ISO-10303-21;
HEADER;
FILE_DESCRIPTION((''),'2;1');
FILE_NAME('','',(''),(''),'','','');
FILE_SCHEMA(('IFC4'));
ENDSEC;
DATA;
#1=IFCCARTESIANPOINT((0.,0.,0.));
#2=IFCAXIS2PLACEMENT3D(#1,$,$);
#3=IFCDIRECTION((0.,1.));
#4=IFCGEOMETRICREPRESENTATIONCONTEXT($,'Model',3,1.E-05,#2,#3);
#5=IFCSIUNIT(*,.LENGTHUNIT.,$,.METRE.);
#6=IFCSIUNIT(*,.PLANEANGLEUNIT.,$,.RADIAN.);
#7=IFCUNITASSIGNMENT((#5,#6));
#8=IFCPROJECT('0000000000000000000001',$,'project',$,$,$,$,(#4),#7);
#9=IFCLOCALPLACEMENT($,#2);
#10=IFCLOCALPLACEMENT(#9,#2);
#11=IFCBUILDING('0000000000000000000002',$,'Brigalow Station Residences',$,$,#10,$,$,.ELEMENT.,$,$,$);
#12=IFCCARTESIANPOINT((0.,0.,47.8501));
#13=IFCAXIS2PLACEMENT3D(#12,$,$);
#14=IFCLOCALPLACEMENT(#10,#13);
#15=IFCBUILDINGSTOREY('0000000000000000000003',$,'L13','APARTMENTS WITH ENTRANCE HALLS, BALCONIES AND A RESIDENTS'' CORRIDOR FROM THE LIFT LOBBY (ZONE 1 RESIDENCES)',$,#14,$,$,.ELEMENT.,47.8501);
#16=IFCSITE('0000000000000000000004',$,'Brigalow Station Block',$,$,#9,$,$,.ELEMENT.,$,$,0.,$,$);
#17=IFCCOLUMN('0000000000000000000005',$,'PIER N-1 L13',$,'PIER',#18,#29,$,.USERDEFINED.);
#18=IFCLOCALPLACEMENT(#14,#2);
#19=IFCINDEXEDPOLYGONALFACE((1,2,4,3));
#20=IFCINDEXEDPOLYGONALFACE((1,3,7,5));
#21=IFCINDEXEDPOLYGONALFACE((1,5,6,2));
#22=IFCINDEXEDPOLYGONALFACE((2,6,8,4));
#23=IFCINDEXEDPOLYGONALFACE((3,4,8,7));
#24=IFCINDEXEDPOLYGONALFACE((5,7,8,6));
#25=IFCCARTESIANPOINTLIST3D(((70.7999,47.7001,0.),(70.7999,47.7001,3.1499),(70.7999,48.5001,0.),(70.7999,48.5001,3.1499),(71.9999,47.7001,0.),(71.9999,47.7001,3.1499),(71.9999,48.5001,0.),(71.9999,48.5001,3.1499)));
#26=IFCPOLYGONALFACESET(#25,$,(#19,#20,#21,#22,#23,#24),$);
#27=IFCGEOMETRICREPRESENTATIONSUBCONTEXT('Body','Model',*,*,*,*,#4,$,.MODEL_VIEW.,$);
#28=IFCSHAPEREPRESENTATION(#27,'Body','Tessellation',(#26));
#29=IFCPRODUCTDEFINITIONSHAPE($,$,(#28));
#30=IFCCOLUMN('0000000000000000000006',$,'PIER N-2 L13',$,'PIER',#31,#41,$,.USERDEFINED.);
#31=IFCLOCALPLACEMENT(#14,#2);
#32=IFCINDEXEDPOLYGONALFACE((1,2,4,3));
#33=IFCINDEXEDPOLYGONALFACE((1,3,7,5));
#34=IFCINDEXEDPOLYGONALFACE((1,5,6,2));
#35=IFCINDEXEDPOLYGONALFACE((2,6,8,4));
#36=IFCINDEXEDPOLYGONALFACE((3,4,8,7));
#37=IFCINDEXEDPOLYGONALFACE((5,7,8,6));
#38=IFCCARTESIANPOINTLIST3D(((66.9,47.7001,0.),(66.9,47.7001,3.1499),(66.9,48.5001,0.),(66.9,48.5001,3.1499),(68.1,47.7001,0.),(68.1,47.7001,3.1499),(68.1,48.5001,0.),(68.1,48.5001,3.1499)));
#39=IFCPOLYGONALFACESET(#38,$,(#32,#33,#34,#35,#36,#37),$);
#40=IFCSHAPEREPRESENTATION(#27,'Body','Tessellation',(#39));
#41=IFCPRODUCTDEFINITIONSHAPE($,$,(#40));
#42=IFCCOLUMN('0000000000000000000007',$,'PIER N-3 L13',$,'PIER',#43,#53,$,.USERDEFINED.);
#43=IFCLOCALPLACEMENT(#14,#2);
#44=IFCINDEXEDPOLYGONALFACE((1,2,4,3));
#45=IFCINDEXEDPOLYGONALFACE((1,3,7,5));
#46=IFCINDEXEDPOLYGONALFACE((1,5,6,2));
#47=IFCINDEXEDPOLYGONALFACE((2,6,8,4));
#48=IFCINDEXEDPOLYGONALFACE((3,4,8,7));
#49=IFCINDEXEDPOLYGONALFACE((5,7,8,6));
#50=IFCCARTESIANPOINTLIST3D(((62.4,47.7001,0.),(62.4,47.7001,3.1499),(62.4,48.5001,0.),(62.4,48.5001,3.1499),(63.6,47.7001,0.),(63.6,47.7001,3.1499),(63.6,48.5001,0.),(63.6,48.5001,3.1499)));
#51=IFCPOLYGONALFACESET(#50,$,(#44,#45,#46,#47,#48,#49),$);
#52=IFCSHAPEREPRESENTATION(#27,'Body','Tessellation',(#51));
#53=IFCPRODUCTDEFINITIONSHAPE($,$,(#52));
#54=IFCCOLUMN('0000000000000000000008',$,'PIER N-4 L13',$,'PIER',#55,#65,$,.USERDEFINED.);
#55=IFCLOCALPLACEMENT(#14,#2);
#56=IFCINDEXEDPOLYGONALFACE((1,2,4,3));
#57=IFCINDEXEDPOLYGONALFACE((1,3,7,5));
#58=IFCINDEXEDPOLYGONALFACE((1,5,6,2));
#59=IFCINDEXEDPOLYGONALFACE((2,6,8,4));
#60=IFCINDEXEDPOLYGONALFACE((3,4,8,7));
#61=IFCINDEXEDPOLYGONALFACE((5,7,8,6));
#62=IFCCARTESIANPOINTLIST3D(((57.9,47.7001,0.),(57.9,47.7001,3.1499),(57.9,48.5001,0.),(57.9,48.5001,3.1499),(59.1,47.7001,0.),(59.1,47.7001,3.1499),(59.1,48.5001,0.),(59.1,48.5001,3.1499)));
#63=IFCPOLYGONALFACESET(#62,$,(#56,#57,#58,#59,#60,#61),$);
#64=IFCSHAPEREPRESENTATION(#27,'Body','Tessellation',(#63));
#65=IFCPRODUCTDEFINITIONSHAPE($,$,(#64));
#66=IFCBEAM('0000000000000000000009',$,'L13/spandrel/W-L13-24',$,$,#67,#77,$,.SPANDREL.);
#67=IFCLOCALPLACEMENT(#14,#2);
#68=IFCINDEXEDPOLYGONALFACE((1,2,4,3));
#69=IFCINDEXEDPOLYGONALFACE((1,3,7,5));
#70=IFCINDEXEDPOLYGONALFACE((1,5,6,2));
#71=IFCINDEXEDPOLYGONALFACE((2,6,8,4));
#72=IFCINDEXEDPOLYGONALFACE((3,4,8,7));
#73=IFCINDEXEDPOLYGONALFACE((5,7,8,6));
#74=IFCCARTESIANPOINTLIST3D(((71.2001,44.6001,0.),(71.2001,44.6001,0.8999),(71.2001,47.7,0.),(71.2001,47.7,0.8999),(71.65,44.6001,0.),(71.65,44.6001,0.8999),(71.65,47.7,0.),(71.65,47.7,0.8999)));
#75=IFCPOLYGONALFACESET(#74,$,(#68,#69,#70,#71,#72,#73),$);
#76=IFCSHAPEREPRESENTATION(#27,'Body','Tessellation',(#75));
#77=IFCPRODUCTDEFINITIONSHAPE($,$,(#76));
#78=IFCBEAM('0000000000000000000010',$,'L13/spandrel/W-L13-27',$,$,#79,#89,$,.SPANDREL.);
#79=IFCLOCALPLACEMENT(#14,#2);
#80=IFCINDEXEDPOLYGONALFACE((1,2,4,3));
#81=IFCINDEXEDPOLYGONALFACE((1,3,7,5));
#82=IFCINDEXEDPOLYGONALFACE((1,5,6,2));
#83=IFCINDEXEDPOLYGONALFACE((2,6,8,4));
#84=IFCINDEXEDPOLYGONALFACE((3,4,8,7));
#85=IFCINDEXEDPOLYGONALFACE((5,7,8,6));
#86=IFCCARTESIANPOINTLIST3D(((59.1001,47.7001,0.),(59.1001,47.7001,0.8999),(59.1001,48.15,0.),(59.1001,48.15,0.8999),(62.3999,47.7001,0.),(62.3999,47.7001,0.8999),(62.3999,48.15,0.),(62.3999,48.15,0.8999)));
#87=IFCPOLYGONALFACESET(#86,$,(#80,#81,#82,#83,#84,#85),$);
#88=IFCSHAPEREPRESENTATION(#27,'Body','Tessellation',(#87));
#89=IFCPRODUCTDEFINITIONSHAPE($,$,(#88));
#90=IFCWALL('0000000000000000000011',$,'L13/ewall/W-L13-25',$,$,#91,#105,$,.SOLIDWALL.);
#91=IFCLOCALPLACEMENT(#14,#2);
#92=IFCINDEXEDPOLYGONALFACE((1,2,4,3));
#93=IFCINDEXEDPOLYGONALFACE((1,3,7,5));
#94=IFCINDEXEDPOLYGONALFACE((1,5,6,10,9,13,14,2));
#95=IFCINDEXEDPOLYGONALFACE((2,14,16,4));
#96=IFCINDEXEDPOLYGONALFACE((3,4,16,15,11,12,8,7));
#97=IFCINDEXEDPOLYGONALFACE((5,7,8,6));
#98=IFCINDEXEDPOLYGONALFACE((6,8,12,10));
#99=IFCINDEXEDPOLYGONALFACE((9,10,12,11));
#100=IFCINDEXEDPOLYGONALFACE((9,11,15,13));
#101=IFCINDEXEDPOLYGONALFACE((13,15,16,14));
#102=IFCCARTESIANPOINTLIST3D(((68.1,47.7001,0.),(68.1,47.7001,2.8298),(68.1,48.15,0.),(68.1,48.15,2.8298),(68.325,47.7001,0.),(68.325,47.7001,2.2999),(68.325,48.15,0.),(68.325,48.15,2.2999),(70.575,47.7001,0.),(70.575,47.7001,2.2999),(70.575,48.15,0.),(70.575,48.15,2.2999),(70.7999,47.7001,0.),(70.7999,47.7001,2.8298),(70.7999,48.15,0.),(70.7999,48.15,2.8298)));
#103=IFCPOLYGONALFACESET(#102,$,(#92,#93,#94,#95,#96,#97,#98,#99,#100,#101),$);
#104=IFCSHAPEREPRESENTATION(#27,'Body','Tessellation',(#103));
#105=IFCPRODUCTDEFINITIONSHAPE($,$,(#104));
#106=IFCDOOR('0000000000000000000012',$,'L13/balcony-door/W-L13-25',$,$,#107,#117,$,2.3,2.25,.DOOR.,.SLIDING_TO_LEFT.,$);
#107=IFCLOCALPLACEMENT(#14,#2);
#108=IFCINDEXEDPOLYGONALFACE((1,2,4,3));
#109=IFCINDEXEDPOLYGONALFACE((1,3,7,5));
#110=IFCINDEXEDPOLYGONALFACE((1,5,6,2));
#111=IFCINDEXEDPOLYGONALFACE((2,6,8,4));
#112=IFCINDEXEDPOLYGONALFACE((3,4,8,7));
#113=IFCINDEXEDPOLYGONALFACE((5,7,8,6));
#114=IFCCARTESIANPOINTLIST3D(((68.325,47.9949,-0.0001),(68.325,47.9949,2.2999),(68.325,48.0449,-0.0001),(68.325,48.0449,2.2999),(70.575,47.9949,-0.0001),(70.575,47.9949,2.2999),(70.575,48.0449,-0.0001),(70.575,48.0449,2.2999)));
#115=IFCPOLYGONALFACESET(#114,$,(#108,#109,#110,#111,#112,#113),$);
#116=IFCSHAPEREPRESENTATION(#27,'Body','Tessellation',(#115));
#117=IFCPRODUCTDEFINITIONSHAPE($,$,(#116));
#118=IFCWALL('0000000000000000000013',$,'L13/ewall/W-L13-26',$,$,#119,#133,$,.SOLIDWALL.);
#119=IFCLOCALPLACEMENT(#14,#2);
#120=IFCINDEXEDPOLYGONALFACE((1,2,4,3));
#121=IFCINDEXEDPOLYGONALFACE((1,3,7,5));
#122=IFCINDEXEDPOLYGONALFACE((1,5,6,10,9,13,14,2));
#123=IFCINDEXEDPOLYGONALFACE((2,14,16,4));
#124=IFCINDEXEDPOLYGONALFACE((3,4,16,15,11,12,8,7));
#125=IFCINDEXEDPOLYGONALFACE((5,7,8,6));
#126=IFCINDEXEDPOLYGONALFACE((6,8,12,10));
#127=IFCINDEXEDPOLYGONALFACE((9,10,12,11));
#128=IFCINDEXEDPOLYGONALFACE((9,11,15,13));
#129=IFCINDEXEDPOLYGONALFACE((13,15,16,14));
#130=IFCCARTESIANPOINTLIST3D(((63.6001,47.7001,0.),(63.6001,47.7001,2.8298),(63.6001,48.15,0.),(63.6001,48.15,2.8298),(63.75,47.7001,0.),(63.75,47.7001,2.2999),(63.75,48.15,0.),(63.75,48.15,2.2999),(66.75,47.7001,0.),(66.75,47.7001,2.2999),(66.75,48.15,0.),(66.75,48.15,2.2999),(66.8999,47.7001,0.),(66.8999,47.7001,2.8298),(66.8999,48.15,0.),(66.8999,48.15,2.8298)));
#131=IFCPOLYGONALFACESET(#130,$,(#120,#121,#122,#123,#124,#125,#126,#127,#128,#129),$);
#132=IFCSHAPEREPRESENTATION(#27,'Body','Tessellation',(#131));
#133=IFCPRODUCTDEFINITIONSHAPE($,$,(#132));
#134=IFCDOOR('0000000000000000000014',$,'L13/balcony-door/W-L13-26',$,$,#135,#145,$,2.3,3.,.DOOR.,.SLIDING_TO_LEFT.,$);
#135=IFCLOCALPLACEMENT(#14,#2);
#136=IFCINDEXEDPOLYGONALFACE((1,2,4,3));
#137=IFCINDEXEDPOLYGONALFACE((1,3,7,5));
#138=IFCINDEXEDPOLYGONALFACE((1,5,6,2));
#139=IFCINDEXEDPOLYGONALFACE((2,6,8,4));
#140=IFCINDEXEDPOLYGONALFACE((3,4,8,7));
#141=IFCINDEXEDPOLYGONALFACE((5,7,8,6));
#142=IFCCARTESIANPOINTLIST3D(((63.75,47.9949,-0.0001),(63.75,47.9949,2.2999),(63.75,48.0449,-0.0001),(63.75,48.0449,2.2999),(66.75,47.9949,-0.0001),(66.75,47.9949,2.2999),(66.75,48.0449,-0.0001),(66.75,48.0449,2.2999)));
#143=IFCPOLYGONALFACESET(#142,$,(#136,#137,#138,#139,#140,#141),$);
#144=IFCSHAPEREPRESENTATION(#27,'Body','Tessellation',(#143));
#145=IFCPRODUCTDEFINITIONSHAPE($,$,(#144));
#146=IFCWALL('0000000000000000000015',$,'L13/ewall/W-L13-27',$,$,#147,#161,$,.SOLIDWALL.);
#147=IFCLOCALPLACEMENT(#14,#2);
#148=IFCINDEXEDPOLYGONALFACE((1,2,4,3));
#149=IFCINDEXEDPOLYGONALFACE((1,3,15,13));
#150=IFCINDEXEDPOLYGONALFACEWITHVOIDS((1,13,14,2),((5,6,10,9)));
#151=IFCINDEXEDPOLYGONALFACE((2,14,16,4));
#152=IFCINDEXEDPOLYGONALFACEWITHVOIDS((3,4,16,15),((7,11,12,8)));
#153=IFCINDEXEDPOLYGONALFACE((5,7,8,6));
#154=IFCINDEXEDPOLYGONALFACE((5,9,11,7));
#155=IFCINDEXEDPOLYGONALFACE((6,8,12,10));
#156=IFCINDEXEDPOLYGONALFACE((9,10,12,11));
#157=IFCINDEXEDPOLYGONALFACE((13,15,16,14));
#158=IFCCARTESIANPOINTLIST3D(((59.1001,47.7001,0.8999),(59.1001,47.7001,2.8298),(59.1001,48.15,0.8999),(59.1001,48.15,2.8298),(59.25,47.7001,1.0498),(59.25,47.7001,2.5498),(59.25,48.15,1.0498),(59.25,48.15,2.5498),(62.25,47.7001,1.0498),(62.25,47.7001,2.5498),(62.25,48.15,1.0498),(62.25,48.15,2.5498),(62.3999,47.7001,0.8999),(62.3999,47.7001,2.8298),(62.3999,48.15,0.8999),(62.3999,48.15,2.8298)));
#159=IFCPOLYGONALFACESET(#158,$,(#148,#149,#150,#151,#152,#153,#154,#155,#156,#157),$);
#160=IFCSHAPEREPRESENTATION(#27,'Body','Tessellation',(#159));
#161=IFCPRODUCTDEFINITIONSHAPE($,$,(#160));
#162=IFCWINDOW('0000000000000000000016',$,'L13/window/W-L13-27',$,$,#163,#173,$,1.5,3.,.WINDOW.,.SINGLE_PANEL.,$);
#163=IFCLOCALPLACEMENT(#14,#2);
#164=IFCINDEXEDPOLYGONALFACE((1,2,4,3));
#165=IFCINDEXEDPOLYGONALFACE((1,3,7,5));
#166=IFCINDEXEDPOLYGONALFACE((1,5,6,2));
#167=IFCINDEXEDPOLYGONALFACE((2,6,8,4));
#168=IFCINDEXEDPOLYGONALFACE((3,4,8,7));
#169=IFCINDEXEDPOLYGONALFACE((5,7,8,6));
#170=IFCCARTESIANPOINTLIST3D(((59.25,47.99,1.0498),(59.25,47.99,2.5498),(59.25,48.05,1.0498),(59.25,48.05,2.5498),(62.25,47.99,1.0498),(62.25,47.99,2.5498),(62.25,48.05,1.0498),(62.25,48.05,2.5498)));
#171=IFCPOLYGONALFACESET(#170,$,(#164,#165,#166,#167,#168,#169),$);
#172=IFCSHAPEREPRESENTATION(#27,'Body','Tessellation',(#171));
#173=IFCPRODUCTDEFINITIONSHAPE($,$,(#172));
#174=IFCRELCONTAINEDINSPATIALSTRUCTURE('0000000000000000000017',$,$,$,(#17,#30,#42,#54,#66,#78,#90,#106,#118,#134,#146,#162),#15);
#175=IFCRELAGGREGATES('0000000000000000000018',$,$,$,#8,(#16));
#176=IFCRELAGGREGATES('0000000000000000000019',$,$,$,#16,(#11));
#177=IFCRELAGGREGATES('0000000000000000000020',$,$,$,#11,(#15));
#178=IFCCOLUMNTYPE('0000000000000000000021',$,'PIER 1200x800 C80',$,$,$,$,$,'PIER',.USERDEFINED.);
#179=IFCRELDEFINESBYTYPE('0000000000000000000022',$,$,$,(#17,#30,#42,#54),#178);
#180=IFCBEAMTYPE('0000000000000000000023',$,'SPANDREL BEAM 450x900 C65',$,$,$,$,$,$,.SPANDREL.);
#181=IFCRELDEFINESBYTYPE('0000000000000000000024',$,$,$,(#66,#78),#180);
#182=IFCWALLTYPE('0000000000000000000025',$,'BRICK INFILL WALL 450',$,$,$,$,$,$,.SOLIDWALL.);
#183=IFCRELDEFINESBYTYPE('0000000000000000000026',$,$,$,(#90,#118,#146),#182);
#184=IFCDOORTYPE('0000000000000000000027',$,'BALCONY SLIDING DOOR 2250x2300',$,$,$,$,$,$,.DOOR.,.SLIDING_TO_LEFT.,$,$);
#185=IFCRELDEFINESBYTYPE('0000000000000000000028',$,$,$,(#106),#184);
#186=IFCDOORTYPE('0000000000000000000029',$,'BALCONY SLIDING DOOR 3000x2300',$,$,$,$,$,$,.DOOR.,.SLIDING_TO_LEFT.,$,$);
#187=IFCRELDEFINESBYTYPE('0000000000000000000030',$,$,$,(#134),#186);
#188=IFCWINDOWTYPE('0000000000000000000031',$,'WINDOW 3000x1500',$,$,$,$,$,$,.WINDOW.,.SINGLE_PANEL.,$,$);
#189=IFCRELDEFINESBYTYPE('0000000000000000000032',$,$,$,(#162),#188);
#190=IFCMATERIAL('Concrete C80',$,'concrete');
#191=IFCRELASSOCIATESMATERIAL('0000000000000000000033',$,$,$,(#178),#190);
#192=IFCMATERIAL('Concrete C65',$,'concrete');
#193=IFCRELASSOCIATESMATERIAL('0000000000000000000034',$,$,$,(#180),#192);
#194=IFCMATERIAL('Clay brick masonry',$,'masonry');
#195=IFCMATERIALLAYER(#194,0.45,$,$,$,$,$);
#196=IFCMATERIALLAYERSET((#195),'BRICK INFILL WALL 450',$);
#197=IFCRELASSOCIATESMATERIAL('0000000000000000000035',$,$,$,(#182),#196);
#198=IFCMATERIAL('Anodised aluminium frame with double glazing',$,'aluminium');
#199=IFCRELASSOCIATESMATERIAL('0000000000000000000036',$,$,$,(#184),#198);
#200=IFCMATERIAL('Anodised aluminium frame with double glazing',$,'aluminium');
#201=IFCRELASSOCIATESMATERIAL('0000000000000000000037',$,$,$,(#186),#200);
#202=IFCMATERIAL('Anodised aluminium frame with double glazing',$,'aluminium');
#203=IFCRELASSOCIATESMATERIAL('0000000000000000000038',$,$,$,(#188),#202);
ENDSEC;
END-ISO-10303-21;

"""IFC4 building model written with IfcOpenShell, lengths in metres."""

from ifc_helpers import new_model, si_unit, direction, frame, frame_2d, origin, origin_2d, place, context, subcontext, project, spatial, rectangle, extrude, material, layer, layer_set, material_profile, profile_set, type_object, element, fill, save


model = new_model("IFC4")

# Units and contexts
model_context = context("Model", 3, precision=1e-05, world=origin(), true_north=direction((0.0, 1.0)))
body_context = subcontext(model_context, "Body", "Model", "MODEL_VIEW")
ifc_project = project(units=[si_unit("LENGTHUNIT", "METRE"), si_unit("PLANEANGLEUNIT", "RADIAN")], contexts=[model_context])

# Site, building, storey
site_placement = place(None, origin())
site = spatial("IfcSite", under=ifc_project, at=site_placement, Name="Brigalow Station Block", CompositionType="ELEMENT", RefElevation=0.0)
building_placement = place(site_placement, origin())
building = spatial("IfcBuilding", under=site, at=building_placement, Name="Brigalow Station Residences", CompositionType="ELEMENT")
storey_placement = place(building_placement, frame((0.0, 0.0, 47.8501)))
storey = spatial("IfcBuildingStorey", under=building, at=storey_placement, Name="L13", Description="APARTMENTS WITH ENTRANCE HALLS, BALCONIES AND A RESIDENTS' CORRIDOR FROM THE LIFT LOBBY (ZONE 1 RESIDENCES)", CompositionType="ELEMENT", Elevation=47.8501)

# Columns
ifc_material_1 = material(Name="Concrete C80", Category="concrete")
ifc_material_profile_1 = material_profile(ifc_material_1, rectangle(XDim=1.2, YDim=0.8, at=origin_2d()), Name="RC1200x800")
ifc_profile_set_1 = profile_set([ifc_material_profile_1], Name="Concrete C80")
column_type = type_object("IfcColumnType", Name="PIER 1200x800 C80", ElementType="PIER", PredefinedType="USERDEFINED", material=ifc_profile_set_1)
for number, where, z_axis, x_axis, name in (
    (1, (71.3999, 48.1001, 0.0), (0.0, 0.0, 1.0), (-1.0, 0.0, 0.0), "PIER N-1 L13"),
    (2, (67.5, 48.1001, 0.0), (0.0, 0.0, 1.0), (-1.0, 0.0, 0.0), "PIER N-2 L13"),
    (3, (63.0, 48.1001, 0.0), (0.0, 0.0, 1.0), (-1.0, 0.0, 0.0), "PIER N-3 L13"),
    (4, (58.5, 48.1001, 0.0), (0.0, 0.0, 1.0), (-1.0, 0.0, 0.0), "PIER N-4 L13"),
):
    element("IfcColumn", number, at=place(storey_placement, frame(where, z_axis=z_axis, x_axis=x_axis)), inside=storey, type_object=column_type, Name=name, ObjectType="PIER", PredefinedType="USERDEFINED", context=body_context, shape_type="SweptSolid", body=[
        extrude(rectangle(XDim=1.2, YDim=0.8, at=origin_2d()), origin(), (0.0, 0.0, 1.0), 3.1499),
    ])

# Beams
ifc_material_2 = material(Name="Concrete C65", Category="concrete")
ifc_material_profile_2 = material_profile(ifc_material_2, rectangle(XDim=0.45, YDim=0.8999, at=origin_2d()), Name="RC450x900")
ifc_profile_set_2 = profile_set([ifc_material_profile_2], Name="Concrete C65")
beam_type = type_object("IfcBeamType", Name="SPANDREL BEAM 450x900 C65", PredefinedType="SPANDREL", material=ifc_profile_set_2)
beam_1_placement = place(storey_placement, frame((71.425, 44.6001, 0.45), z_axis=(0.0, 1.0, 0.0), x_axis=(-1.0, 0.0, 0.0)))
element("IfcBeam", 5, at=beam_1_placement, inside=storey, type_object=beam_type, Name="L13/spandrel/W-L13-24", PredefinedType="SPANDREL", context=body_context, shape_type="SweptSolid", body=[
    extrude(rectangle(XDim=0.45, YDim=0.8999, at=origin_2d()), origin(), (0.0, 0.0, 1.0), 3.0999),
])
beam_2_placement = place(storey_placement, frame((62.3999, 47.925, 0.45), z_axis=(-1.0, 0.0, 0.0), x_axis=(0.0, -1.0, 0.0)))
element("IfcBeam", 6, at=beam_2_placement, inside=storey, type_object=beam_type, Name="L13/spandrel/W-L13-27", PredefinedType="SPANDREL", context=body_context, shape_type="SweptSolid", body=[
    extrude(rectangle(XDim=0.45, YDim=0.8999, at=origin_2d()), origin(), (0.0, 0.0, 1.0), 3.2998),
])

# Walls, openings, doors
ifc_material_3 = material(Name="Clay brick masonry", Category="masonry")
ifc_layer_1 = layer(ifc_material_3, 0.45)
ifc_layer_set_1 = layer_set([ifc_layer_1], Name="BRICK INFILL WALL 450")
wall_type_1 = type_object("IfcWallType", Name="BRICK INFILL WALL 450", PredefinedType="SOLIDWALL", material=ifc_layer_set_1)
wall_1_placement = place(storey_placement, frame((70.8, 47.925, 0.0), z_axis=(0.0, 0.0, 1.0), x_axis=(-1.0, 0.0, 0.0)))
wall_1 = element("IfcWall", 7, at=wall_1_placement, inside=storey, type_object=wall_type_1, Name="L13/ewall/W-L13-25", PredefinedType="SOLIDWALL", context=body_context, shape_type="SweptSolid", body=[
    extrude(rectangle(XDim=2.7, YDim=0.45, at=frame_2d((1.3501, 0.0))), origin(), (0.0, 0.0, 1.0), 2.8298),
])
opening_1_placement = place(wall_1_placement, frame((0.2251, 0.0, 0.0)))
opening_1 = element("IfcOpeningElement", 8, at=opening_1_placement, cuts=wall_1, PredefinedType="OPENING", context=body_context, shape_type="SweptSolid", body=[
    extrude(rectangle(XDim=2.25, YDim=2.3, at=frame_2d((1.125, 1.1499))), frame((0.0, 0.2349, 0.0), z_axis=(0.0, -1.0, 0.0), x_axis=(1.0, 0.0, 0.0)), (0.0, 0.0, 1.0), 0.47),
])
ifc_material_4 = material(Name="Anodised aluminium frame with double glazing", Category="aluminium")
door_type_1 = type_object("IfcDoorType", Name="BALCONY SLIDING DOOR 2250x2300", OperationType="SLIDING_TO_LEFT", PredefinedType="DOOR", material=ifc_material_4)
door_1_placement = place(opening_1_placement, origin())
door_1 = element("IfcDoor", 9, at=door_1_placement, inside=storey, type_object=door_type_1, Name="L13/balcony-door/W-L13-25", OperationType="SLIDING_TO_LEFT", OverallHeight=2.3, OverallWidth=2.25, PredefinedType="DOOR", context=body_context, shape_type="SweptSolid", body=[
    extrude(rectangle(XDim=2.25, YDim=2.3, at=frame_2d((1.125, 1.1499))), frame((0.0, -0.0698, 0.0), z_axis=(0.0, -1.0, 0.0), x_axis=(1.0, 0.0, 0.0)), (0.0, 0.0, 1.0), 0.05),
])
fill(opening_1, door_1)
wall_2_placement = place(storey_placement, frame((66.8999, 47.925, 0.0), z_axis=(0.0, 0.0, 1.0), x_axis=(-1.0, 0.0, 0.0)))
wall_2 = element("IfcWall", 10, at=wall_2_placement, inside=storey, type_object=wall_type_1, Name="L13/ewall/W-L13-26", PredefinedType="SOLIDWALL", context=body_context, shape_type="SweptSolid", body=[
    extrude(rectangle(XDim=3.2998, YDim=0.45, at=frame_2d((1.6499, 0.0))), origin(), (0.0, 0.0, 1.0), 2.8298),
])
opening_2_placement = place(wall_2_placement, frame((0.1499, 0.0, 0.0)))
opening_2 = element("IfcOpeningElement", 11, at=opening_2_placement, cuts=wall_2, PredefinedType="OPENING", context=body_context, shape_type="SweptSolid", body=[
    extrude(rectangle(XDim=3.0, YDim=2.3, at=frame_2d((1.5, 1.1499))), frame((0.0, 0.2349, 0.0), z_axis=(0.0, -1.0, 0.0), x_axis=(1.0, 0.0, 0.0)), (0.0, 0.0, 1.0), 0.47),
])
ifc_material_5 = material(Name="Anodised aluminium frame with double glazing", Category="aluminium")
door_type_2 = type_object("IfcDoorType", Name="BALCONY SLIDING DOOR 3000x2300", OperationType="SLIDING_TO_LEFT", PredefinedType="DOOR", material=ifc_material_5)
door_2_placement = place(opening_2_placement, origin())
door_2 = element("IfcDoor", 12, at=door_2_placement, inside=storey, type_object=door_type_2, Name="L13/balcony-door/W-L13-26", OperationType="SLIDING_TO_LEFT", OverallHeight=2.3, OverallWidth=3.0, PredefinedType="DOOR", context=body_context, shape_type="SweptSolid", body=[
    extrude(rectangle(XDim=3.0, YDim=2.3, at=frame_2d((1.5, 1.1499))), frame((0.0, -0.0698, 0.0), z_axis=(0.0, -1.0, 0.0), x_axis=(1.0, 0.0, 0.0)), (0.0, 0.0, 1.0), 0.05),
])
fill(opening_2, door_2)

# Wall, opening, window
wall_3_placement = place(storey_placement, frame((62.3999, 47.925, 0.8999), z_axis=(0.0, 0.0, 1.0), x_axis=(-1.0, 0.0, 0.0)))
wall_3 = element("IfcWall", 13, at=wall_3_placement, inside=storey, type_object=wall_type_1, Name="L13/ewall/W-L13-27", PredefinedType="SOLIDWALL", context=body_context, shape_type="SweptSolid", body=[
    extrude(rectangle(XDim=3.2998, YDim=0.45, at=frame_2d((1.6499, 0.0))), origin(), (0.0, 0.0, 1.0), 1.9299),
])
opening_3_placement = place(wall_3_placement, frame((0.1499, 0.0, 0.1499)))
opening_3 = element("IfcOpeningElement", 14, at=opening_3_placement, cuts=wall_3, PredefinedType="OPENING", context=body_context, shape_type="SweptSolid", body=[
    extrude(rectangle(XDim=3.0, YDim=1.5, at=frame_2d((1.5, 0.75))), frame((0.0, 0.2349, 0.0), z_axis=(0.0, -1.0, 0.0), x_axis=(1.0, 0.0, 0.0)), (0.0, 0.0, 1.0), 0.47),
])
ifc_material_6 = material(Name="Anodised aluminium frame with double glazing", Category="aluminium")
window_type = type_object("IfcWindowType", Name="WINDOW 3000x1500", PartitioningType="SINGLE_PANEL", PredefinedType="WINDOW", material=ifc_material_6)
window_placement = place(opening_3_placement, origin())
window = element("IfcWindow", 15, at=window_placement, inside=storey, type_object=window_type, Name="L13/window/W-L13-27", OverallHeight=1.5, OverallWidth=3.0, PartitioningType="SINGLE_PANEL", PredefinedType="WINDOW", context=body_context, shape_type="SweptSolid", body=[
    extrude(rectangle(XDim=3.0, YDim=1.5, at=frame_2d((1.5, 0.75))), frame((0.0, -0.0649, 0.0), z_axis=(0.0, -1.0, 0.0), x_axis=(1.0, 0.0, 0.0)), (0.0, 0.0, 1.0), 0.0601),
])
fill(opening_3, window)

save(model, "model.ifc")
